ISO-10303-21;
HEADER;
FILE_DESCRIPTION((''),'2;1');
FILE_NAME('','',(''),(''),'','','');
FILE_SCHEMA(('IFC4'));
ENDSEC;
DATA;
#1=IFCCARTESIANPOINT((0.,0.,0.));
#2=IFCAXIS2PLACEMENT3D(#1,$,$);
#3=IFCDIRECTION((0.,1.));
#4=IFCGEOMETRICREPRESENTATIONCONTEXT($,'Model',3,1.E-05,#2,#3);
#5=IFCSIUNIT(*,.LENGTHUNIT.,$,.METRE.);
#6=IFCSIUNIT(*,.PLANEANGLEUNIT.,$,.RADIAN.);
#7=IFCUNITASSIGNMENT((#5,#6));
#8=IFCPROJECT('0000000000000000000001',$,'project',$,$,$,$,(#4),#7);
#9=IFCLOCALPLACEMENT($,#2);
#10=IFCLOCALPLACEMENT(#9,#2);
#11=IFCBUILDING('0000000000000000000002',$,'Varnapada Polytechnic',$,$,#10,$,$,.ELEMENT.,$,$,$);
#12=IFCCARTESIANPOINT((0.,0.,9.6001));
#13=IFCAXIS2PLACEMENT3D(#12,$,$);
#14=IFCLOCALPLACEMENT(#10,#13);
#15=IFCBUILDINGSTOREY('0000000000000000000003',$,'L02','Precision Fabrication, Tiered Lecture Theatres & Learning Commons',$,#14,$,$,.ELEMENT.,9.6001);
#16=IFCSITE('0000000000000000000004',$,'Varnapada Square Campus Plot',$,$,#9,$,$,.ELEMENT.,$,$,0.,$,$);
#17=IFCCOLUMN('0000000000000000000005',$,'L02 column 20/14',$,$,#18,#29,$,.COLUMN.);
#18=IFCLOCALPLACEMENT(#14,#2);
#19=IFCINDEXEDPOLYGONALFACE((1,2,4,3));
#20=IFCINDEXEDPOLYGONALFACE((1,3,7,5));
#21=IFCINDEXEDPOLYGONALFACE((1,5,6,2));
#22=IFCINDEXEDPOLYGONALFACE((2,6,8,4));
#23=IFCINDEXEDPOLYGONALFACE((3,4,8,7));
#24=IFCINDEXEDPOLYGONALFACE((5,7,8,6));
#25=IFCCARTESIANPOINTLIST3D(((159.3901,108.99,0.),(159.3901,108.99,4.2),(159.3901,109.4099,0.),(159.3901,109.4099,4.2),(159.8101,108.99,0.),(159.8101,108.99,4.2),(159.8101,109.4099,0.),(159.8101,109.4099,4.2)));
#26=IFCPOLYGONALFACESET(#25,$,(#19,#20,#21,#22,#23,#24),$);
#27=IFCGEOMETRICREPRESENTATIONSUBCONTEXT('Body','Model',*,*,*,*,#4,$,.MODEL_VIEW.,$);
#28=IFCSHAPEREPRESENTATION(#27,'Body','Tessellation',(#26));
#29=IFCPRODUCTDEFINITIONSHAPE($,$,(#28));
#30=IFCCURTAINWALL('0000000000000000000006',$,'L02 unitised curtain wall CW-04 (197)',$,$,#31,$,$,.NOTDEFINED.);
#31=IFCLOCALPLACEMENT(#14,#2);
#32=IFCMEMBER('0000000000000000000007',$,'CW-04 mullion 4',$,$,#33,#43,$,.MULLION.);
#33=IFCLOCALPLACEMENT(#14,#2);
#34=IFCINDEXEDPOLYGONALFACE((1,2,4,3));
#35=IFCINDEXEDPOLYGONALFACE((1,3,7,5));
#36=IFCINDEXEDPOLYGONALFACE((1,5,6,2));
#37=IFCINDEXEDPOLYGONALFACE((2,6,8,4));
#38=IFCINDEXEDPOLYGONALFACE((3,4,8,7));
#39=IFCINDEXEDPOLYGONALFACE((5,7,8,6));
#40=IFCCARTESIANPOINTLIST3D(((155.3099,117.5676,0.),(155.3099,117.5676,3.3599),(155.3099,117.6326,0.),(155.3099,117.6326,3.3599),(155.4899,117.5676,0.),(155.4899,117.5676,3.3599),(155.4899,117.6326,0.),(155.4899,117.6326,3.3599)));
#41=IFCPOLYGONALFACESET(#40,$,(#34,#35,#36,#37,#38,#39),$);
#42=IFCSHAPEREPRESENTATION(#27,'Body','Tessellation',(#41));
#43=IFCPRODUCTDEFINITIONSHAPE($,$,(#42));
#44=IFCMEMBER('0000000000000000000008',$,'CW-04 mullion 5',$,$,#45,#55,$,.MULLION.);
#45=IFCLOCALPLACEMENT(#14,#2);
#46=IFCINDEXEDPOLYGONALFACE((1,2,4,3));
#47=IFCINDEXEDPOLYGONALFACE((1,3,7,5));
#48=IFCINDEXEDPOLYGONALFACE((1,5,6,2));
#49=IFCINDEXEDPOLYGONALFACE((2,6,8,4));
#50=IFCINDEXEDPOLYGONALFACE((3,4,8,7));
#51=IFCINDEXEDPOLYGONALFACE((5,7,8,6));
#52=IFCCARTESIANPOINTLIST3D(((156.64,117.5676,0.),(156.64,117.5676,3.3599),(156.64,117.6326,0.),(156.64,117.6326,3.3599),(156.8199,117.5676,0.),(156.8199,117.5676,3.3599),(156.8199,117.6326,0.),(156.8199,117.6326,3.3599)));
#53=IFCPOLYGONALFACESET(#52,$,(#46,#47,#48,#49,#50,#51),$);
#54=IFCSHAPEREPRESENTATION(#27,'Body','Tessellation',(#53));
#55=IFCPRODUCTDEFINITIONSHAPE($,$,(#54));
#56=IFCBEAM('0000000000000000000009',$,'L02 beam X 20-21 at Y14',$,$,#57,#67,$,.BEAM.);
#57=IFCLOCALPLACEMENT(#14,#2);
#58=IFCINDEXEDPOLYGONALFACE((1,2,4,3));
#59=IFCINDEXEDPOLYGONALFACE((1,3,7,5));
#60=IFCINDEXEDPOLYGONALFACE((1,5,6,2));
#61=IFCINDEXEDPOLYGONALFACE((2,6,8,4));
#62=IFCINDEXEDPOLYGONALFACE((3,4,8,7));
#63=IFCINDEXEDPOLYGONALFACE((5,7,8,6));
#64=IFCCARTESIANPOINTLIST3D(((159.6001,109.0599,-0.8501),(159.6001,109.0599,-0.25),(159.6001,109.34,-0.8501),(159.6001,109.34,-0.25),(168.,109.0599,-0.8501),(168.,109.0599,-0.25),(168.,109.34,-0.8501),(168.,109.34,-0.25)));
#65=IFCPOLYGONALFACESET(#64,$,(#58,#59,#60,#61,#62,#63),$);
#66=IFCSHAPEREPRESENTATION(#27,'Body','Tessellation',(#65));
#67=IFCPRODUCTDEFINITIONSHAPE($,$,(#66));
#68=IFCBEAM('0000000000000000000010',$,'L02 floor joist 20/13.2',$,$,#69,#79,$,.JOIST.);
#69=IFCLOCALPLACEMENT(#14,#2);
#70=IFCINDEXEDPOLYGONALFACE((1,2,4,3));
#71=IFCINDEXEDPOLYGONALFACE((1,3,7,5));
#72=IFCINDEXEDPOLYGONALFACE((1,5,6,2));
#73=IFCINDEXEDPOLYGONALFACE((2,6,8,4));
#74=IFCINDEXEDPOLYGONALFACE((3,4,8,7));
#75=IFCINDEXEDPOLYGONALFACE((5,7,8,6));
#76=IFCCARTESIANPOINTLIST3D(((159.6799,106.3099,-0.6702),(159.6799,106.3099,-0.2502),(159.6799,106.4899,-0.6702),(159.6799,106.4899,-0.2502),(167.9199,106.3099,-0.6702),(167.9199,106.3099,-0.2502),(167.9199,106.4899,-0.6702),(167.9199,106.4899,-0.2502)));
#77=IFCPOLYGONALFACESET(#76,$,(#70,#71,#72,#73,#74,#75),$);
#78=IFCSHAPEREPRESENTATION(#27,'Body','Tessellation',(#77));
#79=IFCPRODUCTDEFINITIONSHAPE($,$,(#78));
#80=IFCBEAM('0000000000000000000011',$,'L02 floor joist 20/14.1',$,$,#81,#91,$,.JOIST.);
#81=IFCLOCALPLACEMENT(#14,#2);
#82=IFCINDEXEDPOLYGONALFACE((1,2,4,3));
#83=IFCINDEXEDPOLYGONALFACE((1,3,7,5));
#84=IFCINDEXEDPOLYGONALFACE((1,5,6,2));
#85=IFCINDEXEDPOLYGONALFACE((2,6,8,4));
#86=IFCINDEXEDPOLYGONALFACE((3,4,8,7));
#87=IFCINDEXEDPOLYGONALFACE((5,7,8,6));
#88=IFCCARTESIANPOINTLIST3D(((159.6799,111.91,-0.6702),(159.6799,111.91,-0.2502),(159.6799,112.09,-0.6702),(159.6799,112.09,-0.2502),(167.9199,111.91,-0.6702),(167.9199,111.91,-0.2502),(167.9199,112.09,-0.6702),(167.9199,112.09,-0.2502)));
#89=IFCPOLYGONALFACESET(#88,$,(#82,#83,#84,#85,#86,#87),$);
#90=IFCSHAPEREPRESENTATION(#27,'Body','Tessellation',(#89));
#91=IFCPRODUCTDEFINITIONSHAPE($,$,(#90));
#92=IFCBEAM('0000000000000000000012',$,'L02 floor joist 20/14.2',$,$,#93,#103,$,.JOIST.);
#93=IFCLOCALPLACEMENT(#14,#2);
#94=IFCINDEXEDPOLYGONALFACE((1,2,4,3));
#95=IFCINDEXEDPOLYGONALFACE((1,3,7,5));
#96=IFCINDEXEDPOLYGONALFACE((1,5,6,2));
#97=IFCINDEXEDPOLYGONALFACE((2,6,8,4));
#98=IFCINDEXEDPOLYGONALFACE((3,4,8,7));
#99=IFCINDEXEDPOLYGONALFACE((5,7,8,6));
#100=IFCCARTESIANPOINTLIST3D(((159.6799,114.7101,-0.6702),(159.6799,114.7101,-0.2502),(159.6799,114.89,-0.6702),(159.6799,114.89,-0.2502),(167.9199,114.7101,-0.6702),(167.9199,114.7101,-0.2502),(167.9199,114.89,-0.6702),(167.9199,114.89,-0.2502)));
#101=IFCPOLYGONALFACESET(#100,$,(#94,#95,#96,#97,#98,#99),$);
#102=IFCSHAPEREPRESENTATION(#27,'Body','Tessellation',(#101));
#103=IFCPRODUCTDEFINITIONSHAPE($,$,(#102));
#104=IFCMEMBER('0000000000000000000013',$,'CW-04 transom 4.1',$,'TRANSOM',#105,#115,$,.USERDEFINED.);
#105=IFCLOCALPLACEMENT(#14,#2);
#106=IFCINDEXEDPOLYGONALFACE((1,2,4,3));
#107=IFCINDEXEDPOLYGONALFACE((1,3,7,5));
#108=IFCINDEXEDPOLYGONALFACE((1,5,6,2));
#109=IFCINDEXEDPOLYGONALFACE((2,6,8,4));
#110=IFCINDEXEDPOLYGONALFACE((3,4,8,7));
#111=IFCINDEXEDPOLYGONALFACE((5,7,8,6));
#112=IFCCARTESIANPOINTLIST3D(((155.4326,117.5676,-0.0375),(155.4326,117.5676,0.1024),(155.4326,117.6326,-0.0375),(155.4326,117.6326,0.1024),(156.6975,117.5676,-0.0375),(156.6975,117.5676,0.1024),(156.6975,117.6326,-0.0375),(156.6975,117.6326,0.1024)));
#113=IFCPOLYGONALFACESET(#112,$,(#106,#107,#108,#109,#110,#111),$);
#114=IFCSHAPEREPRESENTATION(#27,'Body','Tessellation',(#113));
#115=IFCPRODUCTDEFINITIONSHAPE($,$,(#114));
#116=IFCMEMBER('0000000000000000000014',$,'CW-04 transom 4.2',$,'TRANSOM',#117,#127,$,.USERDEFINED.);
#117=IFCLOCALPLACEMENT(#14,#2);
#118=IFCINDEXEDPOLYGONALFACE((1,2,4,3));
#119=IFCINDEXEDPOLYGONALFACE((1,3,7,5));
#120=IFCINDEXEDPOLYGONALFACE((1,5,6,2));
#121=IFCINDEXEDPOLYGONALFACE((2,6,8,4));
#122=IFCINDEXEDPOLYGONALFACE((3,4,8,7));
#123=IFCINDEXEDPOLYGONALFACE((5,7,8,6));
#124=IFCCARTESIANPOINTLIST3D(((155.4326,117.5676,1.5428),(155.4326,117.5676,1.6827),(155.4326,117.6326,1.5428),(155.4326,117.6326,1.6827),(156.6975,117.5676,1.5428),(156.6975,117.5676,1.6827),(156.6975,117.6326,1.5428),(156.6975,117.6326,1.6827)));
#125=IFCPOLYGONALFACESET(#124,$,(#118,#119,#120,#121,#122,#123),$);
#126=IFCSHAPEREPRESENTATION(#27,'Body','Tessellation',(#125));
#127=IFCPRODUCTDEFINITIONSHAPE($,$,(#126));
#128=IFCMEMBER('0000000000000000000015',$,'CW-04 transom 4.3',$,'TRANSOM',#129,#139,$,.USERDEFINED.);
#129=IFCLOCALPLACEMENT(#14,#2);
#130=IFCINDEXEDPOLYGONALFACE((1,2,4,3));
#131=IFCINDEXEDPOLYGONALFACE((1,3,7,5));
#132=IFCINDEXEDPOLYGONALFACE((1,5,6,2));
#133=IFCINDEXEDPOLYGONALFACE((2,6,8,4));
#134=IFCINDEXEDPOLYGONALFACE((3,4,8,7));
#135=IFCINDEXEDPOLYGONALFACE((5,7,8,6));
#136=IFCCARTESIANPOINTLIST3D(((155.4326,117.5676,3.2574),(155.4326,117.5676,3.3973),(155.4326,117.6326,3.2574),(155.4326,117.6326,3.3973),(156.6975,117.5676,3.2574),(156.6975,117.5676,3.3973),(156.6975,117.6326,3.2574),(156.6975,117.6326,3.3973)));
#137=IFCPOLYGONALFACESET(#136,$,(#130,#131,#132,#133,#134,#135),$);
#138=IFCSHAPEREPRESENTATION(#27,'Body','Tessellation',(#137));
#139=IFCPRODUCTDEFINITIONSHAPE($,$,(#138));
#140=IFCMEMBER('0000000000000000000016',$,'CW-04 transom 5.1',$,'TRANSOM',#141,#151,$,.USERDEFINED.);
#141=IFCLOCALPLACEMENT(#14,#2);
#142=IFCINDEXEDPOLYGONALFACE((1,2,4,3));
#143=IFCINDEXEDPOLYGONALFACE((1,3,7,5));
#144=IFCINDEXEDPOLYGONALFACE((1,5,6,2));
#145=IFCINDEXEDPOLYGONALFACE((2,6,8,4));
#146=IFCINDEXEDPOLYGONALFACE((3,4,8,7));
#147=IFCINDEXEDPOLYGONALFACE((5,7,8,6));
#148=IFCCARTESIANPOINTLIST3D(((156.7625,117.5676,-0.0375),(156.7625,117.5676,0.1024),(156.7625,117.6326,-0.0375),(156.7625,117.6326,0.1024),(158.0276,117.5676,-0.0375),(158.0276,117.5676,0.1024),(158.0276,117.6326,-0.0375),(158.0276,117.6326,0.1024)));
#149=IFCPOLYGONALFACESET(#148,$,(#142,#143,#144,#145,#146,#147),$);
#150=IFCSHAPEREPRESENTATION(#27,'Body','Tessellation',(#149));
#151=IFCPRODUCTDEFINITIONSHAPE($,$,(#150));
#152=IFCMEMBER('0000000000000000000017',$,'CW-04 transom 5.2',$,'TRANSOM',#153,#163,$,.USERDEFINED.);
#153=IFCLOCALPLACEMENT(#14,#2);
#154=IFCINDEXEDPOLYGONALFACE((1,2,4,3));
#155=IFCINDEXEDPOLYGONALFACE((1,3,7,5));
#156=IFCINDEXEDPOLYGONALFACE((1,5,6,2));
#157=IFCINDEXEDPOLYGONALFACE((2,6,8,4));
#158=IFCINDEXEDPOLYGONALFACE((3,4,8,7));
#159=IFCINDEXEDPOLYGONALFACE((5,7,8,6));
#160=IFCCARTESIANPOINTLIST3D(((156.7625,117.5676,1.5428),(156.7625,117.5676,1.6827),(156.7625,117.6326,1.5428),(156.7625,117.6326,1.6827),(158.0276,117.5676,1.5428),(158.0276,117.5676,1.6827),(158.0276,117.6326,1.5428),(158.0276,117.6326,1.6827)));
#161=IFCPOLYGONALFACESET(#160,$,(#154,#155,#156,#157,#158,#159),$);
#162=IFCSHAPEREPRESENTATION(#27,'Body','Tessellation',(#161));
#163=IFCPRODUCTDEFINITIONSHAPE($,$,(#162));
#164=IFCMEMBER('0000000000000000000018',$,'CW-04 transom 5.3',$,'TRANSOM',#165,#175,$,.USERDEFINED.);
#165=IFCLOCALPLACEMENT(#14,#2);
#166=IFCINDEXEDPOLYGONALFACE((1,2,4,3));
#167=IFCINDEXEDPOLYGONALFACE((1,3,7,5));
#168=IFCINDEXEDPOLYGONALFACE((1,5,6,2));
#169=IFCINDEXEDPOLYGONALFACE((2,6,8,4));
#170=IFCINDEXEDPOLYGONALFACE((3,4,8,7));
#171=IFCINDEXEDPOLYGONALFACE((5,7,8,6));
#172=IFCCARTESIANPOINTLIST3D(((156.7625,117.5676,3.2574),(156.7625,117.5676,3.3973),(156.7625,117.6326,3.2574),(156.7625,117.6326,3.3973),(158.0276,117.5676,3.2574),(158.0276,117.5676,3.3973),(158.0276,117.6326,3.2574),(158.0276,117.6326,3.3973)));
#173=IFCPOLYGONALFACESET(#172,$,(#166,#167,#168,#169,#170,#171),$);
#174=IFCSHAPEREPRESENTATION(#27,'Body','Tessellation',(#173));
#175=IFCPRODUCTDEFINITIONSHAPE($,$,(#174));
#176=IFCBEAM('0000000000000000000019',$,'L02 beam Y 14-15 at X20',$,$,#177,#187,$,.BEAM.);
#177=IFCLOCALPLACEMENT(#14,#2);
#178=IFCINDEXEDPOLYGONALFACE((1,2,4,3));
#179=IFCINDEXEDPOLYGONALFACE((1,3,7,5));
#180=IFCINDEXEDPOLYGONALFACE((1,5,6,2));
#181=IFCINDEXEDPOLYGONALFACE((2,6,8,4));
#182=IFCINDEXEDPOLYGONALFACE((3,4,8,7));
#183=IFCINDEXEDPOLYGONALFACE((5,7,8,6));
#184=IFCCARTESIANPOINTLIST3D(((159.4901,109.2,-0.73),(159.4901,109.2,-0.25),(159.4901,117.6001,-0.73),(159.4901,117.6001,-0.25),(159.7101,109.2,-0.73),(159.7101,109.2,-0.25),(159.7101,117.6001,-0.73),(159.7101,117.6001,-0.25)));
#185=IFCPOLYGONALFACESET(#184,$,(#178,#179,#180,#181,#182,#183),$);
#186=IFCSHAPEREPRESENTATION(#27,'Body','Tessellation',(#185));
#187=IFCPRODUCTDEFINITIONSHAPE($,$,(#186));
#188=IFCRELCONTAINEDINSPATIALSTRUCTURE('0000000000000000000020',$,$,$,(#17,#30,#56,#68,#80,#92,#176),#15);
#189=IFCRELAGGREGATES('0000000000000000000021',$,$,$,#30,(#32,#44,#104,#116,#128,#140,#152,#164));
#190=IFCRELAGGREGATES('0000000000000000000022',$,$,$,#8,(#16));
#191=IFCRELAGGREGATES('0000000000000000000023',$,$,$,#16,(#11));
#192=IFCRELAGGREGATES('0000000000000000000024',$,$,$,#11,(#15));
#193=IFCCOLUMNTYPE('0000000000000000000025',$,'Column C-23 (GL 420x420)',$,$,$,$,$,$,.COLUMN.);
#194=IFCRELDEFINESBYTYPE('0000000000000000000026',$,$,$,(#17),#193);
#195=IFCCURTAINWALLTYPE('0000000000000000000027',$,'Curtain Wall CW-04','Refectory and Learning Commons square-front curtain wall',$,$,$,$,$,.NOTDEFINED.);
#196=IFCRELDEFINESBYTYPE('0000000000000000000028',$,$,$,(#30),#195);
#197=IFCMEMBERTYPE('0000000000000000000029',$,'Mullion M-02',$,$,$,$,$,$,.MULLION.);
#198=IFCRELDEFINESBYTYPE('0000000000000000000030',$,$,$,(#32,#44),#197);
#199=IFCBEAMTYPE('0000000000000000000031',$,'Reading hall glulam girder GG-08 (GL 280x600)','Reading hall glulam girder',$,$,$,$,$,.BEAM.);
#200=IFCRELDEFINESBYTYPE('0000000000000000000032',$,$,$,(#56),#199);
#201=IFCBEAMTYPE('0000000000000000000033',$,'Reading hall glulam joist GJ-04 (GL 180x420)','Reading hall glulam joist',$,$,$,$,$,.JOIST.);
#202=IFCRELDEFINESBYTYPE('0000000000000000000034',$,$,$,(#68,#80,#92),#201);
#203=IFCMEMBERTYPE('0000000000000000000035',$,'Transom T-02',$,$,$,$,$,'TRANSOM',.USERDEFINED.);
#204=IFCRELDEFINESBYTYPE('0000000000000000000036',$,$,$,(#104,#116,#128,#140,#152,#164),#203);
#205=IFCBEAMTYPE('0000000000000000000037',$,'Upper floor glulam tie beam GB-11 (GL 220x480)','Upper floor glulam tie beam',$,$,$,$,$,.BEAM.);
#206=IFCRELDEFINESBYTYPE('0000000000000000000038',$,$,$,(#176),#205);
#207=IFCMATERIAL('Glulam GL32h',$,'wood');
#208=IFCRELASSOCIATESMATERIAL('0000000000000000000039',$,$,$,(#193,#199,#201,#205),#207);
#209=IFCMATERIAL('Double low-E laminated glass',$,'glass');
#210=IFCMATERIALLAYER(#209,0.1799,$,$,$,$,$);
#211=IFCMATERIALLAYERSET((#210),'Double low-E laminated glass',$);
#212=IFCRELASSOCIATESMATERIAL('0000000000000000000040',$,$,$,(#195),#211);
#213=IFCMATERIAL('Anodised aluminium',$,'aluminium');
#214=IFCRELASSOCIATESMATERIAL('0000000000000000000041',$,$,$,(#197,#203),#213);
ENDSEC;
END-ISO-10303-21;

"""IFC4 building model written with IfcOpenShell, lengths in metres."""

from ifc_helpers import new_model, si_unit, direction, frame, origin, origin_2d, place, context, subcontext, project, spatial, rectangle, extrude, material, layer, layer_set, material_profile, profile_set, type_object, element, aggregate, save


model = new_model("IFC4")

# Units and contexts
model_context = context("Model", 3, precision=1e-05, world=origin(), true_north=direction((0.0, 1.0)))
body_context = subcontext(model_context, "Body", "Model", "MODEL_VIEW")
ifc_project = project(units=[si_unit("LENGTHUNIT", "METRE"), si_unit("PLANEANGLEUNIT", "RADIAN")], contexts=[model_context])

# Site, building, storey
site_placement = place(None, origin())
site = spatial("IfcSite", under=ifc_project, at=site_placement, Name="Varnapada Square Campus Plot", CompositionType="ELEMENT", RefElevation=0.0)
building_placement = place(site_placement, origin())
building = spatial("IfcBuilding", under=site, at=building_placement, Name="Varnapada Polytechnic", CompositionType="ELEMENT")
storey_placement = place(building_placement, frame((0.0, 0.0, 9.6001)))
storey = spatial("IfcBuildingStorey", under=building, at=storey_placement, Name="L02", Description="Precision Fabrication, Tiered Lecture Theatres & Learning Commons", CompositionType="ELEMENT", Elevation=9.6001)

# Column
ifc_material_1 = material(Name="Glulam GL32h", Category="wood")
ifc_material_profile_1 = material_profile(ifc_material_1, rectangle(XDim=0.4199, YDim=0.4199, at=origin_2d()), Name="GL 420x420")
ifc_profile_set_1 = profile_set([ifc_material_profile_1], Name="Glulam GL32h")
column_type = type_object("IfcColumnType", Name="Column C-23 (GL 420x420)", PredefinedType="COLUMN", material=ifc_profile_set_1)
column_placement = place(storey_placement, frame((159.6001, 109.2, 0.0), z_axis=(0.0, 0.0, 1.0), x_axis=(1.0, 0.0, 0.0)))
element("IfcColumn", 1, at=column_placement, inside=storey, type_object=column_type, Name="L02 column 20/14", PredefinedType="COLUMN", context=body_context, shape_type="SweptSolid", body=[
    extrude(rectangle(XDim=0.4199, YDim=0.4199, at=origin_2d()), origin(), (0.0, 0.0, 1.0), 4.2),
])

# Curtain wall, members
ifc_material_2 = material(Name="Double low-E laminated glass", Category="glass")
ifc_layer_1 = layer(ifc_material_2, 0.1799)
ifc_layer_set_1 = layer_set([ifc_layer_1], Name="Double low-E laminated glass")
curtain_wall_type = type_object("IfcCurtainWallType", Name="Curtain Wall CW-04", Description="Refectory and Learning Commons square-front curtain wall", PredefinedType="NOTDEFINED", material=ifc_layer_set_1)
curtain_wall_placement = place(storey_placement, origin())
curtain_wall = element("IfcCurtainWall", 2, at=curtain_wall_placement, inside=storey, type_object=curtain_wall_type, Name="L02 unitised curtain wall CW-04 (197)", PredefinedType="NOTDEFINED")
ifc_material_3 = material(Name="Anodised aluminium", Category="aluminium")
ifc_material_profile_2 = material_profile(ifc_material_3, rectangle(XDim=0.0649, YDim=0.1799, at=origin_2d()), Name="ALU M65x180")
ifc_profile_set_2 = profile_set([ifc_material_profile_2], Name="Anodised aluminium")
member_type_1 = type_object("IfcMemberType", Name="Mullion M-02", PredefinedType="MULLION", material=ifc_profile_set_2)
member_1_placement = place(storey_placement, frame((155.3999, 117.6001, 0.0), z_axis=(0.0, 0.0, 1.0), x_axis=(0.0, 1.0, 0.0)))
member_1 = element("IfcMember", 3, at=member_1_placement, type_object=member_type_1, Name="CW-04 mullion 4", PredefinedType="MULLION", context=body_context, shape_type="SweptSolid", body=[
    extrude(rectangle(XDim=0.0649, YDim=0.1799, at=origin_2d()), origin(), (0.0, 0.0, 1.0), 3.3599),
])
member_2_placement = place(storey_placement, frame((156.73, 117.6001, 0.0), z_axis=(0.0, 0.0, 1.0), x_axis=(0.0, 1.0, 0.0)))
member_2 = element("IfcMember", 4, at=member_2_placement, type_object=member_type_1, Name="CW-04 mullion 5", PredefinedType="MULLION", context=body_context, shape_type="SweptSolid", body=[
    extrude(rectangle(XDim=0.0649, YDim=0.1799, at=origin_2d()), origin(), (0.0, 0.0, 1.0), 3.3599),
])

# Beams
ifc_material_profile_3 = material_profile(ifc_material_1, rectangle(XDim=0.28, YDim=0.6001, at=origin_2d()), Name="GL 280x600")
ifc_profile_set_3 = profile_set([ifc_material_profile_3], Name="Glulam GL32h")
beam_type_1 = type_object("IfcBeamType", Name="Reading hall glulam girder GG-08 (GL 280x600)", Description="Reading hall glulam girder", PredefinedType="BEAM", material=ifc_profile_set_3)
beam_1_placement = place(storey_placement, frame((159.6001, 109.2, -0.55), z_axis=(1.0, 0.0, 0.0), x_axis=(0.0, 1.0, 0.0)))
element("IfcBeam", 5, at=beam_1_placement, inside=storey, type_object=beam_type_1, Name="L02 beam X 20-21 at Y14", PredefinedType="BEAM", context=body_context, shape_type="SweptSolid", body=[
    extrude(rectangle(XDim=0.28, YDim=0.6001, at=origin_2d()), origin(), (0.0, 0.0, 1.0), 8.3999),
])
ifc_material_profile_4 = material_profile(ifc_material_1, rectangle(XDim=0.1799, YDim=0.4199, at=origin_2d()), Name="GL 180x420")
ifc_profile_set_4 = profile_set([ifc_material_profile_4], Name="Glulam GL32h")
beam_type_2 = type_object("IfcBeamType", Name="Reading hall glulam joist GJ-04 (GL 180x420)", Description="Reading hall glulam joist", PredefinedType="JOIST", material=ifc_profile_set_4)
for number, where, z_axis, x_axis, name in (
    (6, (159.6799, 106.3999, -0.4602), (1.0, 0.0, 0.0), (0.0, 1.0, 0.0), "L02 floor joist 20/13.2"),
    (7, (159.6799, 112.0, -0.4602), (1.0, 0.0, 0.0), (0.0, 1.0, 0.0), "L02 floor joist 20/14.1"),
    (8, (159.6799, 114.8, -0.4602), (1.0, 0.0, 0.0), (0.0, 1.0, 0.0), "L02 floor joist 20/14.2"),
):
    element("IfcBeam", number, at=place(storey_placement, frame(where, z_axis=z_axis, x_axis=x_axis)), inside=storey, type_object=beam_type_2, Name=name, PredefinedType="JOIST", context=body_context, shape_type="SweptSolid", body=[
        extrude(rectangle(XDim=0.1799, YDim=0.4199, at=origin_2d()), origin(), (0.0, 0.0, 1.0), 8.24),
    ])

# Members
ifc_material_profile_5 = material_profile(ifc_material_3, rectangle(XDim=0.0649, YDim=0.1399, at=origin_2d()), Name="ALU T65x140")
ifc_profile_set_5 = profile_set([ifc_material_profile_5], Name="Anodised aluminium")
member_type_2 = type_object("IfcMemberType", Name="Transom T-02", ElementType="TRANSOM", PredefinedType="USERDEFINED", material=ifc_profile_set_5)
member_3_placement = place(storey_placement, frame((155.4326, 117.6001, 0.0325), z_axis=(1.0, 0.0, 0.0), x_axis=(0.0, 1.0, 0.0)))
member_3 = element("IfcMember", 9, at=member_3_placement, type_object=member_type_2, Name="CW-04 transom 4.1", ObjectType="TRANSOM", PredefinedType="USERDEFINED", context=body_context, shape_type="SweptSolid", body=[
    extrude(rectangle(XDim=0.0649, YDim=0.1399, at=origin_2d()), origin(), (0.0, 0.0, 1.0), 1.2649),
])
member_4_placement = place(storey_placement, frame((155.4326, 117.6001, 1.6128), z_axis=(1.0, 0.0, 0.0), x_axis=(0.0, 1.0, 0.0)))
member_4 = element("IfcMember", 10, at=member_4_placement, type_object=member_type_2, Name="CW-04 transom 4.2", ObjectType="TRANSOM", PredefinedType="USERDEFINED", context=body_context, shape_type="SweptSolid", body=[
    extrude(rectangle(XDim=0.0649, YDim=0.1399, at=origin_2d()), origin(), (0.0, 0.0, 1.0), 1.2649),
])
member_5_placement = place(storey_placement, frame((155.4326, 117.6001, 3.3274), z_axis=(1.0, 0.0, 0.0), x_axis=(0.0, 1.0, 0.0)))
member_5 = element("IfcMember", 11, at=member_5_placement, type_object=member_type_2, Name="CW-04 transom 4.3", ObjectType="TRANSOM", PredefinedType="USERDEFINED", context=body_context, shape_type="SweptSolid", body=[
    extrude(rectangle(XDim=0.0649, YDim=0.1399, at=origin_2d()), origin(), (0.0, 0.0, 1.0), 1.2649),
])
member_6_placement = place(storey_placement, frame((156.7625, 117.6001, 0.0325), z_axis=(1.0, 0.0, 0.0), x_axis=(0.0, 1.0, 0.0)))
member_6 = element("IfcMember", 12, at=member_6_placement, type_object=member_type_2, Name="CW-04 transom 5.1", ObjectType="TRANSOM", PredefinedType="USERDEFINED", context=body_context, shape_type="SweptSolid", body=[
    extrude(rectangle(XDim=0.0649, YDim=0.1399, at=origin_2d()), origin(), (0.0, 0.0, 1.0), 1.2651),
])
member_7_placement = place(storey_placement, frame((156.7625, 117.6001, 1.6128), z_axis=(1.0, 0.0, 0.0), x_axis=(0.0, 1.0, 0.0)))
member_7 = element("IfcMember", 13, at=member_7_placement, type_object=member_type_2, Name="CW-04 transom 5.2", ObjectType="TRANSOM", PredefinedType="USERDEFINED", context=body_context, shape_type="SweptSolid", body=[
    extrude(rectangle(XDim=0.0649, YDim=0.1399, at=origin_2d()), origin(), (0.0, 0.0, 1.0), 1.2651),
])
member_8_placement = place(storey_placement, frame((156.7625, 117.6001, 3.3274), z_axis=(1.0, 0.0, 0.0), x_axis=(0.0, 1.0, 0.0)))
member_8 = element("IfcMember", 14, at=member_8_placement, type_object=member_type_2, Name="CW-04 transom 5.3", ObjectType="TRANSOM", PredefinedType="USERDEFINED", context=body_context, shape_type="SweptSolid", body=[
    extrude(rectangle(XDim=0.0649, YDim=0.1399, at=origin_2d()), origin(), (0.0, 0.0, 1.0), 1.2651),
])

# Beam
ifc_material_profile_6 = material_profile(ifc_material_1, rectangle(XDim=0.22, YDim=0.48, at=origin_2d()), Name="GL 220x480")
ifc_profile_set_6 = profile_set([ifc_material_profile_6], Name="Glulam GL32h")
beam_type_3 = type_object("IfcBeamType", Name="Upper floor glulam tie beam GB-11 (GL 220x480)", Description="Upper floor glulam tie beam", PredefinedType="BEAM", material=ifc_profile_set_6)
beam_2_placement = place(storey_placement, frame((159.6001, 109.2, -0.49), z_axis=(0.0, 1.0, 0.0), x_axis=(-1.0, 0.0, 0.0)))
element("IfcBeam", 15, at=beam_2_placement, inside=storey, type_object=beam_type_3, Name="L02 beam Y 14-15 at X20", PredefinedType="BEAM", context=body_context, shape_type="SweptSolid", body=[
    extrude(rectangle(XDim=0.22, YDim=0.48, at=origin_2d()), origin(), (0.0, 0.0, 1.0), 8.4001),
])

aggregate(curtain_wall, [member_1, member_2, member_3, member_4, member_5, member_6, member_7, member_8])

save(model, "model.ifc")
